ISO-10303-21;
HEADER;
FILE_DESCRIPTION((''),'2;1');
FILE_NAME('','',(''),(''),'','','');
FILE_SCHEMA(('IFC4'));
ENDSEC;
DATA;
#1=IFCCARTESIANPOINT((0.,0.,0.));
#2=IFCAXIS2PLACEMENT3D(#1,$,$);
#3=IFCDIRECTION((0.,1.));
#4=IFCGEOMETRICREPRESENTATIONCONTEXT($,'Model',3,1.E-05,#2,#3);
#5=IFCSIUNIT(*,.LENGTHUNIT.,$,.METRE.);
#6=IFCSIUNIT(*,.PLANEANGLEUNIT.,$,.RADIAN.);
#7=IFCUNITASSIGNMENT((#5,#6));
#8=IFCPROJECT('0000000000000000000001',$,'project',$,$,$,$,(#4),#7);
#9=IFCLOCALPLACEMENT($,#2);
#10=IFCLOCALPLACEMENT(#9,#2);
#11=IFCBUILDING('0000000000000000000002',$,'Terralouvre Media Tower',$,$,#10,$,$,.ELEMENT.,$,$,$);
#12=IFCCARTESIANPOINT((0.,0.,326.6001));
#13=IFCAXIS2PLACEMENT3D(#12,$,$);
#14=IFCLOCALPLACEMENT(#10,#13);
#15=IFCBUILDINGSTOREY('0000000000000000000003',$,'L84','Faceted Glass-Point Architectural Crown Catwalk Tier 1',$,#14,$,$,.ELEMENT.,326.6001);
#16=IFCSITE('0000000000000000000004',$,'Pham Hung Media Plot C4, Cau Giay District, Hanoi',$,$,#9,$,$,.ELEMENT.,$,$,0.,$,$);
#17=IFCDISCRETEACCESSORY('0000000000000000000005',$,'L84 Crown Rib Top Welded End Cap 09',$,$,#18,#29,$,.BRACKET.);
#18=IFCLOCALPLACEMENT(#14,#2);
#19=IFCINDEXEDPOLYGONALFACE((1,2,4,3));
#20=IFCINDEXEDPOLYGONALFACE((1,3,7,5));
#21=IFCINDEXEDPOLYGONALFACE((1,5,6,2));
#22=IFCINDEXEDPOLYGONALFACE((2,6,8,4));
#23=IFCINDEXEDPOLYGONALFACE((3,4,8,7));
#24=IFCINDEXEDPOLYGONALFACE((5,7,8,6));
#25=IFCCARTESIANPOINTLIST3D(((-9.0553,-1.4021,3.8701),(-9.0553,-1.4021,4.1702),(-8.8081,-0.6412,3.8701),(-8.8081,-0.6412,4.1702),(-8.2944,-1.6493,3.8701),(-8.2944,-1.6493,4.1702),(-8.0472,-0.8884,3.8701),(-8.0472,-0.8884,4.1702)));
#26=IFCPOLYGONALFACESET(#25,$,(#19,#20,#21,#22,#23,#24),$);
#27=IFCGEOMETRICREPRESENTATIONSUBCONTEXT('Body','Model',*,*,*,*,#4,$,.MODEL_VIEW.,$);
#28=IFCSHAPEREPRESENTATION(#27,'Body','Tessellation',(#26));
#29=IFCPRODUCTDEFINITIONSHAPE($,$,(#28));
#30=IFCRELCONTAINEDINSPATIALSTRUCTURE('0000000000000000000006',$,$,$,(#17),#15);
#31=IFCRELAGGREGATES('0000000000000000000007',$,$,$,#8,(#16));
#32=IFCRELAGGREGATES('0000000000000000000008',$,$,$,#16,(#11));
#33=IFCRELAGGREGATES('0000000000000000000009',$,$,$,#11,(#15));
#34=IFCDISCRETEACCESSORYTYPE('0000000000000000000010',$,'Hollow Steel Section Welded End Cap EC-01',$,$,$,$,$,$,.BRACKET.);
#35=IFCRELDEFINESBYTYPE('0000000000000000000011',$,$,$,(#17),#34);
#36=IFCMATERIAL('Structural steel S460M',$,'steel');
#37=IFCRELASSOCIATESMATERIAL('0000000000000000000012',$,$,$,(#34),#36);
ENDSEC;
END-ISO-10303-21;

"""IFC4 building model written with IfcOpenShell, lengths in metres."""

from ifc_helpers import new_model, si_unit, direction, frame, origin, origin_2d, place, context, subcontext, project, spatial, rectangle, extrude, material, type_object, element, save


model = new_model("IFC4")

# Units and contexts
model_context = context("Model", 3, precision=1e-05, world=origin(), true_north=direction((0.0, 1.0)))
body_context = subcontext(model_context, "Body", "Model", "MODEL_VIEW")
ifc_project = project(units=[si_unit("LENGTHUNIT", "METRE"), si_unit("PLANEANGLEUNIT", "RADIAN")], contexts=[model_context])

# Site, building, storey
site_placement = place(None, origin())
site = spatial("IfcSite", under=ifc_project, at=site_placement, Name="Pham Hung Media Plot C4, Cau Giay District, Hanoi", CompositionType="ELEMENT", RefElevation=0.0)
building_placement = place(site_placement, origin())
building = spatial("IfcBuilding", under=site, at=building_placement, Name="Terralouvre Media Tower", CompositionType="ELEMENT")
storey_placement = place(building_placement, frame((0.0, 0.0, 326.6001)))
storey = spatial("IfcBuildingStorey", under=building, at=storey_placement, Name="L84", Description="Faceted Glass-Point Architectural Crown Catwalk Tier 1", CompositionType="ELEMENT", Elevation=326.6001)

# Discrete accessory
ifc_material_1 = material(Name="Structural steel S460M", Category="steel")
discrete_accessory_type = type_object("IfcDiscreteAccessoryType", Name="Hollow Steel Section Welded End Cap EC-01", PredefinedType="BRACKET", material=ifc_material_1)
discrete_accessory_1_placement = place(storey_placement, frame((-8.5513, -1.1453, 3.8701), z_axis=(0.0, 0.0, 1.0), x_axis=(0.309017, 0.951057, 0.0)))
element("IfcDiscreteAccessory", 1, at=discrete_accessory_1_placement, inside=storey, type_object=discrete_accessory_type, Name="L84 Crown Rib Top Welded End Cap 09", PredefinedType="BRACKET", context=body_context, shape_type="SweptSolid", body=[
    extrude(rectangle(XDim=0.8, YDim=0.8, at=origin_2d()), origin(), (0.0, 0.0, 1.0), 0.3),
])

save(model, "model.ifc")
